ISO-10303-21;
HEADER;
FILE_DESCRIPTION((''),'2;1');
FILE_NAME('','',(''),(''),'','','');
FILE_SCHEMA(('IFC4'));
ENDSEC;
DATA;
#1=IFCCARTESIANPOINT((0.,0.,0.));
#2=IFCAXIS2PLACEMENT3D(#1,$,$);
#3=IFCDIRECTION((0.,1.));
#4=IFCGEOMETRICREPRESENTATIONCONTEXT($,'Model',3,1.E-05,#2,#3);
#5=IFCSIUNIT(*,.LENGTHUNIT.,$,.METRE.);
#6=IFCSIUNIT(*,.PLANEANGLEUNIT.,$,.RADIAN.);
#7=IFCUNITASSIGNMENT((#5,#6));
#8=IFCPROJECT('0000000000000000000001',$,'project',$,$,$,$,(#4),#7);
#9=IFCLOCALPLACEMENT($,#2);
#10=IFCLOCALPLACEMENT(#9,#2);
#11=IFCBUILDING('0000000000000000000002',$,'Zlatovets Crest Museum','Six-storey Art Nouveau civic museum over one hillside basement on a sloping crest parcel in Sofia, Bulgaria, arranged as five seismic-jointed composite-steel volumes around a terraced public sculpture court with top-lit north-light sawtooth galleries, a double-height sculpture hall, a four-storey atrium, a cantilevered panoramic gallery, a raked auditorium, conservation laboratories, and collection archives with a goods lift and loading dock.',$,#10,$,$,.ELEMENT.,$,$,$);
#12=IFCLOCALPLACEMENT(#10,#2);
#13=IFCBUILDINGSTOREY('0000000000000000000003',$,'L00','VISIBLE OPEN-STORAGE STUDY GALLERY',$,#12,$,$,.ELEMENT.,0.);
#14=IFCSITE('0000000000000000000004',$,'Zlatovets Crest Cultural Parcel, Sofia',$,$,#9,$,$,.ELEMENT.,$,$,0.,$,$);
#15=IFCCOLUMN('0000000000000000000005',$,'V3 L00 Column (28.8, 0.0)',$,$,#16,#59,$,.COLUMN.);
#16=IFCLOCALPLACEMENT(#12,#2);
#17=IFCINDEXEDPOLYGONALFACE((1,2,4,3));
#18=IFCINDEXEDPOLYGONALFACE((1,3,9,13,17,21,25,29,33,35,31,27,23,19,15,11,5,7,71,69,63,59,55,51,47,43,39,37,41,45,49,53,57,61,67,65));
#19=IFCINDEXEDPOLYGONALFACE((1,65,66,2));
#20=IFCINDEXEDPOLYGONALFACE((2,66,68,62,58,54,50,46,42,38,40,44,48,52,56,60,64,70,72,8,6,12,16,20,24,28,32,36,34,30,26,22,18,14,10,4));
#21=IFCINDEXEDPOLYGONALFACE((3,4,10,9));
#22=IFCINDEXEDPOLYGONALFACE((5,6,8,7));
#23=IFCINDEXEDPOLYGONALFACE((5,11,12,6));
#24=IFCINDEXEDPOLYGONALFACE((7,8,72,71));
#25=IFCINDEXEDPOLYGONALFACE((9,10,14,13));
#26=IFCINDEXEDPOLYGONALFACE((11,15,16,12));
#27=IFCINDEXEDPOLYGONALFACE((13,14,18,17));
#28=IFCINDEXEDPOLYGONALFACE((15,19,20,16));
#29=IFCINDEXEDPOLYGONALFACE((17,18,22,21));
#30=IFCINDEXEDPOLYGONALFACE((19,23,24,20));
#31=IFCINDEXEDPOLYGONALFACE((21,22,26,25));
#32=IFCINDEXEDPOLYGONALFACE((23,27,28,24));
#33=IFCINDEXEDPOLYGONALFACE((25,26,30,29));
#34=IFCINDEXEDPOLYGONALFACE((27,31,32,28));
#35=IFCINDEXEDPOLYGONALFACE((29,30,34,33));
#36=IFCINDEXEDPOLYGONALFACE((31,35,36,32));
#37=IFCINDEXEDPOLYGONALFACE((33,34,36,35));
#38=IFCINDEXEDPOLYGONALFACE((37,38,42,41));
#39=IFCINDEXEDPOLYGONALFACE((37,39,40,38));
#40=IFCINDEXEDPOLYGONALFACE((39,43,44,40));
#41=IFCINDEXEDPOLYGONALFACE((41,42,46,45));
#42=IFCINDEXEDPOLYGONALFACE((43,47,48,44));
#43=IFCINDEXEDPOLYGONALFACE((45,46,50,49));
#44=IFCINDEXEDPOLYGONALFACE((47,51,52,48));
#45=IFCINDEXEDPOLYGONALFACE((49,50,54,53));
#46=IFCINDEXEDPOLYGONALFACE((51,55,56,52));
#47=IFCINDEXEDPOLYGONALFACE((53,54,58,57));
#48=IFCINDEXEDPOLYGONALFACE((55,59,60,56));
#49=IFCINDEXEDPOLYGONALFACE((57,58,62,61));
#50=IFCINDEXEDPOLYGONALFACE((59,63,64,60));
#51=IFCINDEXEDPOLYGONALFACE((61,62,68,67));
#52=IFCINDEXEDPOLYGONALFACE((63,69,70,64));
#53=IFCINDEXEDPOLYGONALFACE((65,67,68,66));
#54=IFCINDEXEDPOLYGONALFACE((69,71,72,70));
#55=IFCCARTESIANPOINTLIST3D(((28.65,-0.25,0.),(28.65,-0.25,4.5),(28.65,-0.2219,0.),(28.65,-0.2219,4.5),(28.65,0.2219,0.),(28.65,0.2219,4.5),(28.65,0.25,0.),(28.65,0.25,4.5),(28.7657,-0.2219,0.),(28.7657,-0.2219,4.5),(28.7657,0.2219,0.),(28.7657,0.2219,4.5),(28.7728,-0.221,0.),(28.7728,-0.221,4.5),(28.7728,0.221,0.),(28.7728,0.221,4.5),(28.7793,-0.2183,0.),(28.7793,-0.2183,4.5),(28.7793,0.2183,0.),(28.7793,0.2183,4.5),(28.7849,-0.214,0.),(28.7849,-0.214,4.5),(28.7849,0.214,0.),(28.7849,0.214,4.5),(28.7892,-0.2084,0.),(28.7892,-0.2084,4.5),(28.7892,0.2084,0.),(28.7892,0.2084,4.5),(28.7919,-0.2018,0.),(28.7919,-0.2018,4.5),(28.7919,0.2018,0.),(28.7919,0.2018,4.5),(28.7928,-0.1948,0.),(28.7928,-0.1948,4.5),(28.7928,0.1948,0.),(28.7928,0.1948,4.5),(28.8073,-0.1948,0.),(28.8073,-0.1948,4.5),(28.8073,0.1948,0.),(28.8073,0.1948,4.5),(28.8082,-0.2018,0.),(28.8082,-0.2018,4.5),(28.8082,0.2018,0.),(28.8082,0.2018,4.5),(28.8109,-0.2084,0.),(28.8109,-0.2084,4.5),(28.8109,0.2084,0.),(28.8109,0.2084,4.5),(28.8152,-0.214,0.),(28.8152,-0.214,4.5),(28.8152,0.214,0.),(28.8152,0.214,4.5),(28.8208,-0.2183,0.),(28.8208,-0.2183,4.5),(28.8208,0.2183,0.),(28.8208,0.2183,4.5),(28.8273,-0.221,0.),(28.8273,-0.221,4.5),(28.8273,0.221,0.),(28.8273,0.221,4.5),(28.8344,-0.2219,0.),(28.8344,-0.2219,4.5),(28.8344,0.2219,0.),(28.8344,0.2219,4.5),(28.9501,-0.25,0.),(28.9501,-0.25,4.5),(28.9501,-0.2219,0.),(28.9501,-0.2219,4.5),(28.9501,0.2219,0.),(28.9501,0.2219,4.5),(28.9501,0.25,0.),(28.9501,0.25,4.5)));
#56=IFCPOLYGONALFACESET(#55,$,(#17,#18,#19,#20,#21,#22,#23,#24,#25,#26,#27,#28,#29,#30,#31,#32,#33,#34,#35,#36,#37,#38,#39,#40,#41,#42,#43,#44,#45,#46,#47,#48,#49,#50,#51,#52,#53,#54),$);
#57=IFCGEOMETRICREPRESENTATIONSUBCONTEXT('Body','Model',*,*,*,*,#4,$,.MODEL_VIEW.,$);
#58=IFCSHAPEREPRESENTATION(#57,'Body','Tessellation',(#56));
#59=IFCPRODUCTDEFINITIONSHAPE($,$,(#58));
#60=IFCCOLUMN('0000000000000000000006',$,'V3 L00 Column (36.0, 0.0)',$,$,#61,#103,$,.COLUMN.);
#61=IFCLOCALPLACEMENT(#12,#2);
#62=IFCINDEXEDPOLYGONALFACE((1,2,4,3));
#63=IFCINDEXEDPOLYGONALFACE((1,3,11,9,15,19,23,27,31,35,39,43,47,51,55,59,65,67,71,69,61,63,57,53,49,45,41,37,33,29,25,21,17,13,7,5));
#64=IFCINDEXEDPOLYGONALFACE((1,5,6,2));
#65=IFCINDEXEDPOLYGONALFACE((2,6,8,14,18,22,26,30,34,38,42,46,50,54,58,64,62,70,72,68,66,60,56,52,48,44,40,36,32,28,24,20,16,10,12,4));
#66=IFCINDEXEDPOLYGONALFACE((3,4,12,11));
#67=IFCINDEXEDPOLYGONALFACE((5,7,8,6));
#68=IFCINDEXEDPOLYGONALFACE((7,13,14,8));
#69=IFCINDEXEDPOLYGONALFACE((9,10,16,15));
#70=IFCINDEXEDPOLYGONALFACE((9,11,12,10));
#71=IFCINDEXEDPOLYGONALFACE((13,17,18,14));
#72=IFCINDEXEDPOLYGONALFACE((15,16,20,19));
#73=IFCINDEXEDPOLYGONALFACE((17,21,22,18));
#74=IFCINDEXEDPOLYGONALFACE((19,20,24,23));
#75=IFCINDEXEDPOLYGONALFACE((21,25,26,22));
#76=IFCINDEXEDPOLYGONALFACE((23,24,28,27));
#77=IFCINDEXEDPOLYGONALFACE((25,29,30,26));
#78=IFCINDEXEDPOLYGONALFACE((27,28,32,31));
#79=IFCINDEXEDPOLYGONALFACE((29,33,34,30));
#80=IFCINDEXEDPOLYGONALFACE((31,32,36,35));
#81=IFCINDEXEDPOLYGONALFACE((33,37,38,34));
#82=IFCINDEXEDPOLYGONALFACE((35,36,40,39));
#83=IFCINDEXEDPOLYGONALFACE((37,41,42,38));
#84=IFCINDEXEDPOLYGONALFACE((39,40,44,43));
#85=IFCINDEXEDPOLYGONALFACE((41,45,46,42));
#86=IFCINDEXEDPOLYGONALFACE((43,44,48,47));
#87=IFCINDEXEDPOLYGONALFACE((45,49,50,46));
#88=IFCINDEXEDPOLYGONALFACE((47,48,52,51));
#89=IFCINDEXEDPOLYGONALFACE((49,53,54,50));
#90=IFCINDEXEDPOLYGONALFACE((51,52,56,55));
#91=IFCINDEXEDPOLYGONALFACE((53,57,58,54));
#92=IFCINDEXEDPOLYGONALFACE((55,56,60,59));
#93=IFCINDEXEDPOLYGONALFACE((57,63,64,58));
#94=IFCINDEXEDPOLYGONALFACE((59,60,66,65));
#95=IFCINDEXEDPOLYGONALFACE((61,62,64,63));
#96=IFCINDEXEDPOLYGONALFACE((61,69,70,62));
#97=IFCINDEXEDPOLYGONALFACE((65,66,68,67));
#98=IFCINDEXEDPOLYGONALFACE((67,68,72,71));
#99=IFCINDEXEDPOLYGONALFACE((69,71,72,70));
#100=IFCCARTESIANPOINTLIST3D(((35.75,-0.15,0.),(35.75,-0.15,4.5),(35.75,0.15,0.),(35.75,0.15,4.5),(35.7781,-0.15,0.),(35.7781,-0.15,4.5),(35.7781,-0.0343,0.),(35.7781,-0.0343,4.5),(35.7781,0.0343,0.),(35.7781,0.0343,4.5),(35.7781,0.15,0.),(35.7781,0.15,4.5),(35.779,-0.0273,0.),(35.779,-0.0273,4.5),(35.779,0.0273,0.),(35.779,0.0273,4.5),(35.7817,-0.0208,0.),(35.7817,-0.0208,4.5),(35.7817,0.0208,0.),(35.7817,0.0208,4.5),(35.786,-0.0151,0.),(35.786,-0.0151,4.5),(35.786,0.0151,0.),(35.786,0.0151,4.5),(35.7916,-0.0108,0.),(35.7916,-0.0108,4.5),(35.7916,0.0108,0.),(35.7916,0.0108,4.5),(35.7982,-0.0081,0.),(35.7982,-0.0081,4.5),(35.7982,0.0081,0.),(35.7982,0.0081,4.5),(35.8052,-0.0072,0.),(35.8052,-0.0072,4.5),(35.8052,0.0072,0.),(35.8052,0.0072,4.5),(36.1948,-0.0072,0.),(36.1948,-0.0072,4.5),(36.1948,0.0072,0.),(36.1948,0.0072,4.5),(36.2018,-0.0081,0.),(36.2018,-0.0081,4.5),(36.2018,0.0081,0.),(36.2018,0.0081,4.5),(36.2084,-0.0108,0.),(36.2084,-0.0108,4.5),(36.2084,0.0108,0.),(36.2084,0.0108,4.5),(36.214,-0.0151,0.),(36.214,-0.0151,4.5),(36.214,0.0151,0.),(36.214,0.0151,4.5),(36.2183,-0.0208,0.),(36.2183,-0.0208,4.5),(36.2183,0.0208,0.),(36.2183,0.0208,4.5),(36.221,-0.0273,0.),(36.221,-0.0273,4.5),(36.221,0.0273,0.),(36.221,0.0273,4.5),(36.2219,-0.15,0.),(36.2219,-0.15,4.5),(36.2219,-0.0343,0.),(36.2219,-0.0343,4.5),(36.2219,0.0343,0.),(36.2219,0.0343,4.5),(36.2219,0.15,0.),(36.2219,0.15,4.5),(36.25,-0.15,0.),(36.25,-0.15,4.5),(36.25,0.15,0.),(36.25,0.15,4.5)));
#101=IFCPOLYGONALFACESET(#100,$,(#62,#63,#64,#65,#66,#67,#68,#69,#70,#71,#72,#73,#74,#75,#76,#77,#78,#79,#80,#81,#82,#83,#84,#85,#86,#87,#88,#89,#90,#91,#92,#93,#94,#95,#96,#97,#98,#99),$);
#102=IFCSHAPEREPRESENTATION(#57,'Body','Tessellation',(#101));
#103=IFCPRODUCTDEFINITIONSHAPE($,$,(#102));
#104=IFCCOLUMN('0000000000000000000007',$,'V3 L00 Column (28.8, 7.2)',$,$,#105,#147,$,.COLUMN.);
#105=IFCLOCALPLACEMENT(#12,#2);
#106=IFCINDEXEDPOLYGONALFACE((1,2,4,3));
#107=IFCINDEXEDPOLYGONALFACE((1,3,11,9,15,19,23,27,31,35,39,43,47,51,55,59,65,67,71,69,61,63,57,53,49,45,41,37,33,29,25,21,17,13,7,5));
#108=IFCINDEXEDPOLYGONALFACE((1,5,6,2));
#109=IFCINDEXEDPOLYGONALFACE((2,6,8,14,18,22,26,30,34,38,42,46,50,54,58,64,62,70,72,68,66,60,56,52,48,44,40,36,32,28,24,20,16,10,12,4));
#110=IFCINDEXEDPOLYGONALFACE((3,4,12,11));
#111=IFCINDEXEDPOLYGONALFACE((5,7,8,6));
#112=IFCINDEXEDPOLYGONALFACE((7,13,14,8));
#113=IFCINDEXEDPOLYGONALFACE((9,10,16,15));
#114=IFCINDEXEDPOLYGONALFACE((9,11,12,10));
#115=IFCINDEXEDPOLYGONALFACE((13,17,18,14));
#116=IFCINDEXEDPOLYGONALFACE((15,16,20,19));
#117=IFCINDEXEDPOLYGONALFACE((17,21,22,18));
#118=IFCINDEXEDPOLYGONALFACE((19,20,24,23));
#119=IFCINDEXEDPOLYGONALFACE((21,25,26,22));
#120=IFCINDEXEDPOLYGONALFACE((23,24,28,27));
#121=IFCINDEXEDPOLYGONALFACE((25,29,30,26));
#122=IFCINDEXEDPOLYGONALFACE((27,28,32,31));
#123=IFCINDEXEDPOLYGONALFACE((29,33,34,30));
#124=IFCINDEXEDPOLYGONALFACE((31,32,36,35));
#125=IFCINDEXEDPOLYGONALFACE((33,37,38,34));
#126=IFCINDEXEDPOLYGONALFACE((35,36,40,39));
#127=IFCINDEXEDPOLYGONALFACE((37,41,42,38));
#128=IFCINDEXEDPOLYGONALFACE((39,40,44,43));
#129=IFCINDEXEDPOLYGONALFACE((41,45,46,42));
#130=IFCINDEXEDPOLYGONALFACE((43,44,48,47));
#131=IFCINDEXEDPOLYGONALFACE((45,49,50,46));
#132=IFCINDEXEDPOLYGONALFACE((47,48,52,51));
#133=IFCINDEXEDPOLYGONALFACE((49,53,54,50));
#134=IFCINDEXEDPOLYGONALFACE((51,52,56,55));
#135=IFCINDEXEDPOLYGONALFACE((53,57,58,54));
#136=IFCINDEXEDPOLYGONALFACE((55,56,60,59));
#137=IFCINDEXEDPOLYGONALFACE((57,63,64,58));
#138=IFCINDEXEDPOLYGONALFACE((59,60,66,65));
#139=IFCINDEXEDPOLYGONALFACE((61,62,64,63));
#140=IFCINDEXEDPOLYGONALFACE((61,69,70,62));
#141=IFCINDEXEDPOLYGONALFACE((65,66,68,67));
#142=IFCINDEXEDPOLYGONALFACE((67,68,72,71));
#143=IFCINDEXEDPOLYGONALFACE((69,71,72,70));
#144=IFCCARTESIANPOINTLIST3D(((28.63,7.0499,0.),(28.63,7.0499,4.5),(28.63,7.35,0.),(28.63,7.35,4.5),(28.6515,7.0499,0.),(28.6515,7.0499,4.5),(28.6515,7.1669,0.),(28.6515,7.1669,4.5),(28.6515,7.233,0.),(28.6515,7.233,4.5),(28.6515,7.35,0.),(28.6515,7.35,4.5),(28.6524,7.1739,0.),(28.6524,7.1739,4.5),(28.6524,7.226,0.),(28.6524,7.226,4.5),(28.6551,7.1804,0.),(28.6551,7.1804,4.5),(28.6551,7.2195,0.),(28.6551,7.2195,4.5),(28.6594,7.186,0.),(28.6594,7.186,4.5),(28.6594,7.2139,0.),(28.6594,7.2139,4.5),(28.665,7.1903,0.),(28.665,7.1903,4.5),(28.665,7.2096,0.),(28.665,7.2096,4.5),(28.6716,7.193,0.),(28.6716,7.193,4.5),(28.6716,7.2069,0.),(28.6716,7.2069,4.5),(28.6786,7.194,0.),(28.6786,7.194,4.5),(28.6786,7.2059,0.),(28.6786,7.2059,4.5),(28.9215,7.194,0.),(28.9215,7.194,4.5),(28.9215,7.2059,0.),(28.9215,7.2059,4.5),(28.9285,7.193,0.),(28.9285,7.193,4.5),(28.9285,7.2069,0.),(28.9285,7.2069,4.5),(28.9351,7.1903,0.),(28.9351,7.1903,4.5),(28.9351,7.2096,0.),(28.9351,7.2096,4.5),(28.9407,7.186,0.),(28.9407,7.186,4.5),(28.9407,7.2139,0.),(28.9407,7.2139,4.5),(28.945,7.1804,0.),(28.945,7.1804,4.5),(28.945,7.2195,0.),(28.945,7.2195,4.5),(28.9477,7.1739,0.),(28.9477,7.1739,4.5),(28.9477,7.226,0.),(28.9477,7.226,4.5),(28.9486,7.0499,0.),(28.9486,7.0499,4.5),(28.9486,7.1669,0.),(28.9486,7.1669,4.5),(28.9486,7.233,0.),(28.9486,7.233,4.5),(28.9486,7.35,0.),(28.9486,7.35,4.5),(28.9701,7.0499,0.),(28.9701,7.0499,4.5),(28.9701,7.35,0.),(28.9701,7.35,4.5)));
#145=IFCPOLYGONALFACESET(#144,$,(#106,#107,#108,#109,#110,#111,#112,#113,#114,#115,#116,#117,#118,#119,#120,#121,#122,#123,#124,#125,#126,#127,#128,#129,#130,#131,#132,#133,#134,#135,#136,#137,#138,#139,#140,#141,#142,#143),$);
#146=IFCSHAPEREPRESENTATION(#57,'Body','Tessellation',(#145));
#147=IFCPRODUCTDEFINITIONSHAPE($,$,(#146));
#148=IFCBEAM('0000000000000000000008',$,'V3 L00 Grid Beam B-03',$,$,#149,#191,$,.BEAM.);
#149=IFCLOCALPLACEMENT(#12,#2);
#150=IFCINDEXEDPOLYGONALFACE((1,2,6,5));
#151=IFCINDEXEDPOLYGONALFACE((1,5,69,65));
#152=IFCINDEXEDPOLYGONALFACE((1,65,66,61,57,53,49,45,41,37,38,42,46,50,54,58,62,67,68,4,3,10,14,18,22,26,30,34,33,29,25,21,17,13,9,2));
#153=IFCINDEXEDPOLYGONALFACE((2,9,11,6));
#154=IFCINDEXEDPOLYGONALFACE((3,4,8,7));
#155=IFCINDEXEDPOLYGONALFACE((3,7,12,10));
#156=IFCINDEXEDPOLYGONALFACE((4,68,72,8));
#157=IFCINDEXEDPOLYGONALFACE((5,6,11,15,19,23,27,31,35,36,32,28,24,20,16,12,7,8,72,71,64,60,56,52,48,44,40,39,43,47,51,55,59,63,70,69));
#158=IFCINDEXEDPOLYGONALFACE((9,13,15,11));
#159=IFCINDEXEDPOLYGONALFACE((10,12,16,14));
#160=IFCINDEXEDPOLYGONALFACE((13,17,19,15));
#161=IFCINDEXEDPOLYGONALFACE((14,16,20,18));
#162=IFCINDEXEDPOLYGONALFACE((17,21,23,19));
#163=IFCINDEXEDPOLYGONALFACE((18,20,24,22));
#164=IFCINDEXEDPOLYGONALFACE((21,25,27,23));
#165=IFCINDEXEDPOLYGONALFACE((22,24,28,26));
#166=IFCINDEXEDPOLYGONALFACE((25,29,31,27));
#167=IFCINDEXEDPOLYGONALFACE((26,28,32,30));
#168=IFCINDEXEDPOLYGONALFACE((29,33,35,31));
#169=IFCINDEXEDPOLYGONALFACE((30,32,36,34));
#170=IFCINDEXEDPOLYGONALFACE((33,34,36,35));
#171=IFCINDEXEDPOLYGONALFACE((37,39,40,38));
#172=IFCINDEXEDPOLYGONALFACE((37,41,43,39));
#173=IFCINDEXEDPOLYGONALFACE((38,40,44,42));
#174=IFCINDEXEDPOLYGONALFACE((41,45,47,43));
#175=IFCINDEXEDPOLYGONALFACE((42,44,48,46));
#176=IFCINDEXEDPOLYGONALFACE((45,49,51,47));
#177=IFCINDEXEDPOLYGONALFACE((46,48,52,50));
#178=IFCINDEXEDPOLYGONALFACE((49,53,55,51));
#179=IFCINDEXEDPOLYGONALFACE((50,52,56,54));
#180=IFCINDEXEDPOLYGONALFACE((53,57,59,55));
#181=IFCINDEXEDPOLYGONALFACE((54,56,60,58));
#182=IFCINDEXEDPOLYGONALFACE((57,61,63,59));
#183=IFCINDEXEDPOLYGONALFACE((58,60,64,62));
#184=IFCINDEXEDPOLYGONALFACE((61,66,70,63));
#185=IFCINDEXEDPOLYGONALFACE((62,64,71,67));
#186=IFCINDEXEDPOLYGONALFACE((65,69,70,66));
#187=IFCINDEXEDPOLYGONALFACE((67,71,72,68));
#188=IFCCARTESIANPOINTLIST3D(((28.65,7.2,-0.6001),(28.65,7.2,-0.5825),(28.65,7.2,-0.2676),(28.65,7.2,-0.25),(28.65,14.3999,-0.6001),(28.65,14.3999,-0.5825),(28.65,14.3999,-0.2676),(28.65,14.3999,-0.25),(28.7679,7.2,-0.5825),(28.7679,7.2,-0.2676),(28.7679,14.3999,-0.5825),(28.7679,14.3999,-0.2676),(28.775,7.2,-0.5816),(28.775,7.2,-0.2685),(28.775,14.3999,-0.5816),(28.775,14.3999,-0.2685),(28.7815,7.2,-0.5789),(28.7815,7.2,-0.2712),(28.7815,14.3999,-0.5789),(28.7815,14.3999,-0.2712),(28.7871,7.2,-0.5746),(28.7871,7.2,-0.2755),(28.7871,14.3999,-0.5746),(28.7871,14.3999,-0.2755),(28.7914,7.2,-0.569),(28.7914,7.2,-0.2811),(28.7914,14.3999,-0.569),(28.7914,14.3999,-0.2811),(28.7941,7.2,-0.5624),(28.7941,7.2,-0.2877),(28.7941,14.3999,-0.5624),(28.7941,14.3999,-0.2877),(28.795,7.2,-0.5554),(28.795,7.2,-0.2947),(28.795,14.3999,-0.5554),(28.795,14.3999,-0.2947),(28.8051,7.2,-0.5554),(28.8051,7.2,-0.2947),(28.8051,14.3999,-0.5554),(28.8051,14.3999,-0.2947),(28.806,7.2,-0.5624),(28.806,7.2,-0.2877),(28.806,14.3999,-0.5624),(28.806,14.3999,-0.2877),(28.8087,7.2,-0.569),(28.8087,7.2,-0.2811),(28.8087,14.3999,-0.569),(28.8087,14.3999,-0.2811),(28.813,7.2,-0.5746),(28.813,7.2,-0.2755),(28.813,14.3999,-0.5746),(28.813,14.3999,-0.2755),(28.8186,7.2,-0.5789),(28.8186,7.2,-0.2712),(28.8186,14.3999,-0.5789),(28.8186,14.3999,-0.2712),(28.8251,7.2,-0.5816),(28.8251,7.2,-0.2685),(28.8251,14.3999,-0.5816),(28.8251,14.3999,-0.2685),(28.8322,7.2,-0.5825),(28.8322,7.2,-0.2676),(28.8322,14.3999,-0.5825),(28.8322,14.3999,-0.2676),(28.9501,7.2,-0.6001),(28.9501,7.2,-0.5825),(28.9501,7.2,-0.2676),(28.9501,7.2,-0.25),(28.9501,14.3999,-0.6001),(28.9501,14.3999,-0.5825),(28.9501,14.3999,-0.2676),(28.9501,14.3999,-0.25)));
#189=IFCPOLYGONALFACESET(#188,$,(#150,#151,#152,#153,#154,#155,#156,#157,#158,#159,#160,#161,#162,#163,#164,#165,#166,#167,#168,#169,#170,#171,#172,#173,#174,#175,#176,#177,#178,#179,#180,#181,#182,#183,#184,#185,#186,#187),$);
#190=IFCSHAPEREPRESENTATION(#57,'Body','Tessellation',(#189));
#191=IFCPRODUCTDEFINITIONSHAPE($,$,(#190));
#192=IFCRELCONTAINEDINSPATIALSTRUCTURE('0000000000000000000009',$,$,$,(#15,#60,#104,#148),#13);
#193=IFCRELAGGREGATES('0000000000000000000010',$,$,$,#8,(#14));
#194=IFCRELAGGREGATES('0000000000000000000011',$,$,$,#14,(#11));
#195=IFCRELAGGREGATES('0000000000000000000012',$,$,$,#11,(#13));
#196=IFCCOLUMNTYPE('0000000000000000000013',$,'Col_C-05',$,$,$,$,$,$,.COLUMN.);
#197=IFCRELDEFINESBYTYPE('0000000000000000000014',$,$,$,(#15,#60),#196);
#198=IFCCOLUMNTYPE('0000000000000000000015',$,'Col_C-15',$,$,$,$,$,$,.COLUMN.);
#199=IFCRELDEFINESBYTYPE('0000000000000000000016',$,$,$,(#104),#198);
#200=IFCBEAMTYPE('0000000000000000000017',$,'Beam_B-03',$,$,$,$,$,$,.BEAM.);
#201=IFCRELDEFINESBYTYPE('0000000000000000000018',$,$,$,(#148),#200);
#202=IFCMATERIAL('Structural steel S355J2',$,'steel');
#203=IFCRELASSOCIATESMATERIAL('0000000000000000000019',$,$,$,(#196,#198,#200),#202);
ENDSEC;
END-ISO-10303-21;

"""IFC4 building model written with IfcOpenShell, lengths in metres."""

from ifc_helpers import new_model, si_unit, direction, frame, origin, origin_2d, place, context, subcontext, project, spatial, i_section, extrude, material, material_profile, profile_set, type_object, element, save


model = new_model("IFC4")

# Units and contexts
model_context = context("Model", 3, precision=1e-05, world=origin(), true_north=direction((0.0, 1.0)))
body_context = subcontext(model_context, "Body", "Model", "MODEL_VIEW")
ifc_project = project(units=[si_unit("LENGTHUNIT", "METRE"), si_unit("PLANEANGLEUNIT", "RADIAN")], contexts=[model_context])

# Site, building, storey
site_placement = place(None, origin())
site = spatial("IfcSite", under=ifc_project, at=site_placement, Name="Zlatovets Crest Cultural Parcel, Sofia", CompositionType="ELEMENT", RefElevation=0.0)
building_placement = place(site_placement, origin())
building = spatial("IfcBuilding", under=site, at=building_placement, Name="Zlatovets Crest Museum", Description="Six-storey Art Nouveau civic museum over one hillside basement on a sloping crest parcel in Sofia, Bulgaria, arranged as five seismic-jointed composite-steel volumes around a terraced public sculpture court with top-lit north-light sawtooth galleries, a double-height sculpture hall, a four-storey atrium, a cantilevered panoramic gallery, a raked auditorium, conservation laboratories, and collection archives with a goods lift and loading dock.", CompositionType="ELEMENT")
storey_placement = place(building_placement, origin())
storey = spatial("IfcBuildingStorey", under=building, at=storey_placement, Name="L00", Description="VISIBLE OPEN-STORAGE STUDY GALLERY", CompositionType="ELEMENT", Elevation=0.0)

# Columns
ifc_material_1 = material(Name="Structural steel S355J2", Category="steel")
ifc_material_profile_1 = material_profile(ifc_material_1, i_section(OverallWidth=0.3, OverallDepth=0.5, WebThickness=0.0144, FlangeThickness=0.0281, FilletRadius=0.0271, at=origin_2d()), Name="HEB 500")
ifc_profile_set_1 = profile_set([ifc_material_profile_1], Name="Structural steel S355J2")
column_type_1 = type_object("IfcColumnType", Name="Col_C-05", PredefinedType="COLUMN", material=ifc_profile_set_1)
for number, where, z_axis, x_axis, name in (
    (1, (28.8, 0.0, 0.0), (0.0, 0.0, 1.0), (1.0, 0.0, 0.0), "V3 L00 Column (28.8, 0.0)"),
    (2, (36.0, 0.0, 0.0), (0.0, 0.0, 1.0), (0.0, 1.0, 0.0), "V3 L00 Column (36.0, 0.0)"),
):
    element("IfcColumn", number, at=place(storey_placement, frame(where, z_axis=z_axis, x_axis=x_axis)), inside=storey, type_object=column_type_1, Name=name, PredefinedType="COLUMN", context=body_context, shape_type="SweptSolid", body=[
        extrude(i_section(OverallWidth=0.3, OverallDepth=0.5, WebThickness=0.0144, FlangeThickness=0.0281, FilletRadius=0.0271, at=origin_2d()), origin(), (0.0, 0.0, 1.0), 4.5),
    ])
ifc_material_profile_2 = material_profile(ifc_material_1, i_section(OverallWidth=0.3, OverallDepth=0.3401, WebThickness=0.012, FlangeThickness=0.0215, FilletRadius=0.0271, at=origin_2d()), Name="HEB 340")
ifc_profile_set_2 = profile_set([ifc_material_profile_2], Name="Structural steel S355J2")
column_type_2 = type_object("IfcColumnType", Name="Col_C-15", PredefinedType="COLUMN", material=ifc_profile_set_2)
column_placement = place(storey_placement, frame((28.8, 7.2, 0.0), z_axis=(0.0, 0.0, 1.0), x_axis=(0.0, 1.0, 0.0)))
element("IfcColumn", 3, at=column_placement, inside=storey, type_object=column_type_2, Name="V3 L00 Column (28.8, 7.2)", PredefinedType="COLUMN", context=body_context, shape_type="SweptSolid", body=[
    extrude(i_section(OverallWidth=0.3, OverallDepth=0.3401, WebThickness=0.012, FlangeThickness=0.0215, FilletRadius=0.0271, at=origin_2d()), origin(), (0.0, 0.0, 1.0), 4.5),
])

# Beam
ifc_material_profile_3 = material_profile(ifc_material_1, i_section(OverallWidth=0.3, OverallDepth=0.3501, WebThickness=0.01, FlangeThickness=0.0176, FilletRadius=0.0271, at=origin_2d()), Name="HEA 360")
ifc_profile_set_3 = profile_set([ifc_material_profile_3], Name="Structural steel S355J2")
beam_type_1 = type_object("IfcBeamType", Name="Beam_B-03", PredefinedType="BEAM", material=ifc_profile_set_3)
for number, where, z_axis, x_axis, name in (
    (4, (28.8, 7.2, -0.425), (0.0, 1.0, 0.0), (-1.0, 0.0, 0.0), "V3 L00 Grid Beam B-03"),
):
    element("IfcBeam", number, at=place(storey_placement, frame(where, z_axis=z_axis, x_axis=x_axis)), inside=storey, type_object=beam_type_1, Name=name, PredefinedType="BEAM", context=body_context, shape_type="SweptSolid", body=[
        extrude(i_section(OverallWidth=0.3, OverallDepth=0.3501, WebThickness=0.01, FlangeThickness=0.0176, FilletRadius=0.0271, at=origin_2d()), origin(), (0.0, 0.0, 1.0), 7.2),
    ])

save(model, "model.ifc")
